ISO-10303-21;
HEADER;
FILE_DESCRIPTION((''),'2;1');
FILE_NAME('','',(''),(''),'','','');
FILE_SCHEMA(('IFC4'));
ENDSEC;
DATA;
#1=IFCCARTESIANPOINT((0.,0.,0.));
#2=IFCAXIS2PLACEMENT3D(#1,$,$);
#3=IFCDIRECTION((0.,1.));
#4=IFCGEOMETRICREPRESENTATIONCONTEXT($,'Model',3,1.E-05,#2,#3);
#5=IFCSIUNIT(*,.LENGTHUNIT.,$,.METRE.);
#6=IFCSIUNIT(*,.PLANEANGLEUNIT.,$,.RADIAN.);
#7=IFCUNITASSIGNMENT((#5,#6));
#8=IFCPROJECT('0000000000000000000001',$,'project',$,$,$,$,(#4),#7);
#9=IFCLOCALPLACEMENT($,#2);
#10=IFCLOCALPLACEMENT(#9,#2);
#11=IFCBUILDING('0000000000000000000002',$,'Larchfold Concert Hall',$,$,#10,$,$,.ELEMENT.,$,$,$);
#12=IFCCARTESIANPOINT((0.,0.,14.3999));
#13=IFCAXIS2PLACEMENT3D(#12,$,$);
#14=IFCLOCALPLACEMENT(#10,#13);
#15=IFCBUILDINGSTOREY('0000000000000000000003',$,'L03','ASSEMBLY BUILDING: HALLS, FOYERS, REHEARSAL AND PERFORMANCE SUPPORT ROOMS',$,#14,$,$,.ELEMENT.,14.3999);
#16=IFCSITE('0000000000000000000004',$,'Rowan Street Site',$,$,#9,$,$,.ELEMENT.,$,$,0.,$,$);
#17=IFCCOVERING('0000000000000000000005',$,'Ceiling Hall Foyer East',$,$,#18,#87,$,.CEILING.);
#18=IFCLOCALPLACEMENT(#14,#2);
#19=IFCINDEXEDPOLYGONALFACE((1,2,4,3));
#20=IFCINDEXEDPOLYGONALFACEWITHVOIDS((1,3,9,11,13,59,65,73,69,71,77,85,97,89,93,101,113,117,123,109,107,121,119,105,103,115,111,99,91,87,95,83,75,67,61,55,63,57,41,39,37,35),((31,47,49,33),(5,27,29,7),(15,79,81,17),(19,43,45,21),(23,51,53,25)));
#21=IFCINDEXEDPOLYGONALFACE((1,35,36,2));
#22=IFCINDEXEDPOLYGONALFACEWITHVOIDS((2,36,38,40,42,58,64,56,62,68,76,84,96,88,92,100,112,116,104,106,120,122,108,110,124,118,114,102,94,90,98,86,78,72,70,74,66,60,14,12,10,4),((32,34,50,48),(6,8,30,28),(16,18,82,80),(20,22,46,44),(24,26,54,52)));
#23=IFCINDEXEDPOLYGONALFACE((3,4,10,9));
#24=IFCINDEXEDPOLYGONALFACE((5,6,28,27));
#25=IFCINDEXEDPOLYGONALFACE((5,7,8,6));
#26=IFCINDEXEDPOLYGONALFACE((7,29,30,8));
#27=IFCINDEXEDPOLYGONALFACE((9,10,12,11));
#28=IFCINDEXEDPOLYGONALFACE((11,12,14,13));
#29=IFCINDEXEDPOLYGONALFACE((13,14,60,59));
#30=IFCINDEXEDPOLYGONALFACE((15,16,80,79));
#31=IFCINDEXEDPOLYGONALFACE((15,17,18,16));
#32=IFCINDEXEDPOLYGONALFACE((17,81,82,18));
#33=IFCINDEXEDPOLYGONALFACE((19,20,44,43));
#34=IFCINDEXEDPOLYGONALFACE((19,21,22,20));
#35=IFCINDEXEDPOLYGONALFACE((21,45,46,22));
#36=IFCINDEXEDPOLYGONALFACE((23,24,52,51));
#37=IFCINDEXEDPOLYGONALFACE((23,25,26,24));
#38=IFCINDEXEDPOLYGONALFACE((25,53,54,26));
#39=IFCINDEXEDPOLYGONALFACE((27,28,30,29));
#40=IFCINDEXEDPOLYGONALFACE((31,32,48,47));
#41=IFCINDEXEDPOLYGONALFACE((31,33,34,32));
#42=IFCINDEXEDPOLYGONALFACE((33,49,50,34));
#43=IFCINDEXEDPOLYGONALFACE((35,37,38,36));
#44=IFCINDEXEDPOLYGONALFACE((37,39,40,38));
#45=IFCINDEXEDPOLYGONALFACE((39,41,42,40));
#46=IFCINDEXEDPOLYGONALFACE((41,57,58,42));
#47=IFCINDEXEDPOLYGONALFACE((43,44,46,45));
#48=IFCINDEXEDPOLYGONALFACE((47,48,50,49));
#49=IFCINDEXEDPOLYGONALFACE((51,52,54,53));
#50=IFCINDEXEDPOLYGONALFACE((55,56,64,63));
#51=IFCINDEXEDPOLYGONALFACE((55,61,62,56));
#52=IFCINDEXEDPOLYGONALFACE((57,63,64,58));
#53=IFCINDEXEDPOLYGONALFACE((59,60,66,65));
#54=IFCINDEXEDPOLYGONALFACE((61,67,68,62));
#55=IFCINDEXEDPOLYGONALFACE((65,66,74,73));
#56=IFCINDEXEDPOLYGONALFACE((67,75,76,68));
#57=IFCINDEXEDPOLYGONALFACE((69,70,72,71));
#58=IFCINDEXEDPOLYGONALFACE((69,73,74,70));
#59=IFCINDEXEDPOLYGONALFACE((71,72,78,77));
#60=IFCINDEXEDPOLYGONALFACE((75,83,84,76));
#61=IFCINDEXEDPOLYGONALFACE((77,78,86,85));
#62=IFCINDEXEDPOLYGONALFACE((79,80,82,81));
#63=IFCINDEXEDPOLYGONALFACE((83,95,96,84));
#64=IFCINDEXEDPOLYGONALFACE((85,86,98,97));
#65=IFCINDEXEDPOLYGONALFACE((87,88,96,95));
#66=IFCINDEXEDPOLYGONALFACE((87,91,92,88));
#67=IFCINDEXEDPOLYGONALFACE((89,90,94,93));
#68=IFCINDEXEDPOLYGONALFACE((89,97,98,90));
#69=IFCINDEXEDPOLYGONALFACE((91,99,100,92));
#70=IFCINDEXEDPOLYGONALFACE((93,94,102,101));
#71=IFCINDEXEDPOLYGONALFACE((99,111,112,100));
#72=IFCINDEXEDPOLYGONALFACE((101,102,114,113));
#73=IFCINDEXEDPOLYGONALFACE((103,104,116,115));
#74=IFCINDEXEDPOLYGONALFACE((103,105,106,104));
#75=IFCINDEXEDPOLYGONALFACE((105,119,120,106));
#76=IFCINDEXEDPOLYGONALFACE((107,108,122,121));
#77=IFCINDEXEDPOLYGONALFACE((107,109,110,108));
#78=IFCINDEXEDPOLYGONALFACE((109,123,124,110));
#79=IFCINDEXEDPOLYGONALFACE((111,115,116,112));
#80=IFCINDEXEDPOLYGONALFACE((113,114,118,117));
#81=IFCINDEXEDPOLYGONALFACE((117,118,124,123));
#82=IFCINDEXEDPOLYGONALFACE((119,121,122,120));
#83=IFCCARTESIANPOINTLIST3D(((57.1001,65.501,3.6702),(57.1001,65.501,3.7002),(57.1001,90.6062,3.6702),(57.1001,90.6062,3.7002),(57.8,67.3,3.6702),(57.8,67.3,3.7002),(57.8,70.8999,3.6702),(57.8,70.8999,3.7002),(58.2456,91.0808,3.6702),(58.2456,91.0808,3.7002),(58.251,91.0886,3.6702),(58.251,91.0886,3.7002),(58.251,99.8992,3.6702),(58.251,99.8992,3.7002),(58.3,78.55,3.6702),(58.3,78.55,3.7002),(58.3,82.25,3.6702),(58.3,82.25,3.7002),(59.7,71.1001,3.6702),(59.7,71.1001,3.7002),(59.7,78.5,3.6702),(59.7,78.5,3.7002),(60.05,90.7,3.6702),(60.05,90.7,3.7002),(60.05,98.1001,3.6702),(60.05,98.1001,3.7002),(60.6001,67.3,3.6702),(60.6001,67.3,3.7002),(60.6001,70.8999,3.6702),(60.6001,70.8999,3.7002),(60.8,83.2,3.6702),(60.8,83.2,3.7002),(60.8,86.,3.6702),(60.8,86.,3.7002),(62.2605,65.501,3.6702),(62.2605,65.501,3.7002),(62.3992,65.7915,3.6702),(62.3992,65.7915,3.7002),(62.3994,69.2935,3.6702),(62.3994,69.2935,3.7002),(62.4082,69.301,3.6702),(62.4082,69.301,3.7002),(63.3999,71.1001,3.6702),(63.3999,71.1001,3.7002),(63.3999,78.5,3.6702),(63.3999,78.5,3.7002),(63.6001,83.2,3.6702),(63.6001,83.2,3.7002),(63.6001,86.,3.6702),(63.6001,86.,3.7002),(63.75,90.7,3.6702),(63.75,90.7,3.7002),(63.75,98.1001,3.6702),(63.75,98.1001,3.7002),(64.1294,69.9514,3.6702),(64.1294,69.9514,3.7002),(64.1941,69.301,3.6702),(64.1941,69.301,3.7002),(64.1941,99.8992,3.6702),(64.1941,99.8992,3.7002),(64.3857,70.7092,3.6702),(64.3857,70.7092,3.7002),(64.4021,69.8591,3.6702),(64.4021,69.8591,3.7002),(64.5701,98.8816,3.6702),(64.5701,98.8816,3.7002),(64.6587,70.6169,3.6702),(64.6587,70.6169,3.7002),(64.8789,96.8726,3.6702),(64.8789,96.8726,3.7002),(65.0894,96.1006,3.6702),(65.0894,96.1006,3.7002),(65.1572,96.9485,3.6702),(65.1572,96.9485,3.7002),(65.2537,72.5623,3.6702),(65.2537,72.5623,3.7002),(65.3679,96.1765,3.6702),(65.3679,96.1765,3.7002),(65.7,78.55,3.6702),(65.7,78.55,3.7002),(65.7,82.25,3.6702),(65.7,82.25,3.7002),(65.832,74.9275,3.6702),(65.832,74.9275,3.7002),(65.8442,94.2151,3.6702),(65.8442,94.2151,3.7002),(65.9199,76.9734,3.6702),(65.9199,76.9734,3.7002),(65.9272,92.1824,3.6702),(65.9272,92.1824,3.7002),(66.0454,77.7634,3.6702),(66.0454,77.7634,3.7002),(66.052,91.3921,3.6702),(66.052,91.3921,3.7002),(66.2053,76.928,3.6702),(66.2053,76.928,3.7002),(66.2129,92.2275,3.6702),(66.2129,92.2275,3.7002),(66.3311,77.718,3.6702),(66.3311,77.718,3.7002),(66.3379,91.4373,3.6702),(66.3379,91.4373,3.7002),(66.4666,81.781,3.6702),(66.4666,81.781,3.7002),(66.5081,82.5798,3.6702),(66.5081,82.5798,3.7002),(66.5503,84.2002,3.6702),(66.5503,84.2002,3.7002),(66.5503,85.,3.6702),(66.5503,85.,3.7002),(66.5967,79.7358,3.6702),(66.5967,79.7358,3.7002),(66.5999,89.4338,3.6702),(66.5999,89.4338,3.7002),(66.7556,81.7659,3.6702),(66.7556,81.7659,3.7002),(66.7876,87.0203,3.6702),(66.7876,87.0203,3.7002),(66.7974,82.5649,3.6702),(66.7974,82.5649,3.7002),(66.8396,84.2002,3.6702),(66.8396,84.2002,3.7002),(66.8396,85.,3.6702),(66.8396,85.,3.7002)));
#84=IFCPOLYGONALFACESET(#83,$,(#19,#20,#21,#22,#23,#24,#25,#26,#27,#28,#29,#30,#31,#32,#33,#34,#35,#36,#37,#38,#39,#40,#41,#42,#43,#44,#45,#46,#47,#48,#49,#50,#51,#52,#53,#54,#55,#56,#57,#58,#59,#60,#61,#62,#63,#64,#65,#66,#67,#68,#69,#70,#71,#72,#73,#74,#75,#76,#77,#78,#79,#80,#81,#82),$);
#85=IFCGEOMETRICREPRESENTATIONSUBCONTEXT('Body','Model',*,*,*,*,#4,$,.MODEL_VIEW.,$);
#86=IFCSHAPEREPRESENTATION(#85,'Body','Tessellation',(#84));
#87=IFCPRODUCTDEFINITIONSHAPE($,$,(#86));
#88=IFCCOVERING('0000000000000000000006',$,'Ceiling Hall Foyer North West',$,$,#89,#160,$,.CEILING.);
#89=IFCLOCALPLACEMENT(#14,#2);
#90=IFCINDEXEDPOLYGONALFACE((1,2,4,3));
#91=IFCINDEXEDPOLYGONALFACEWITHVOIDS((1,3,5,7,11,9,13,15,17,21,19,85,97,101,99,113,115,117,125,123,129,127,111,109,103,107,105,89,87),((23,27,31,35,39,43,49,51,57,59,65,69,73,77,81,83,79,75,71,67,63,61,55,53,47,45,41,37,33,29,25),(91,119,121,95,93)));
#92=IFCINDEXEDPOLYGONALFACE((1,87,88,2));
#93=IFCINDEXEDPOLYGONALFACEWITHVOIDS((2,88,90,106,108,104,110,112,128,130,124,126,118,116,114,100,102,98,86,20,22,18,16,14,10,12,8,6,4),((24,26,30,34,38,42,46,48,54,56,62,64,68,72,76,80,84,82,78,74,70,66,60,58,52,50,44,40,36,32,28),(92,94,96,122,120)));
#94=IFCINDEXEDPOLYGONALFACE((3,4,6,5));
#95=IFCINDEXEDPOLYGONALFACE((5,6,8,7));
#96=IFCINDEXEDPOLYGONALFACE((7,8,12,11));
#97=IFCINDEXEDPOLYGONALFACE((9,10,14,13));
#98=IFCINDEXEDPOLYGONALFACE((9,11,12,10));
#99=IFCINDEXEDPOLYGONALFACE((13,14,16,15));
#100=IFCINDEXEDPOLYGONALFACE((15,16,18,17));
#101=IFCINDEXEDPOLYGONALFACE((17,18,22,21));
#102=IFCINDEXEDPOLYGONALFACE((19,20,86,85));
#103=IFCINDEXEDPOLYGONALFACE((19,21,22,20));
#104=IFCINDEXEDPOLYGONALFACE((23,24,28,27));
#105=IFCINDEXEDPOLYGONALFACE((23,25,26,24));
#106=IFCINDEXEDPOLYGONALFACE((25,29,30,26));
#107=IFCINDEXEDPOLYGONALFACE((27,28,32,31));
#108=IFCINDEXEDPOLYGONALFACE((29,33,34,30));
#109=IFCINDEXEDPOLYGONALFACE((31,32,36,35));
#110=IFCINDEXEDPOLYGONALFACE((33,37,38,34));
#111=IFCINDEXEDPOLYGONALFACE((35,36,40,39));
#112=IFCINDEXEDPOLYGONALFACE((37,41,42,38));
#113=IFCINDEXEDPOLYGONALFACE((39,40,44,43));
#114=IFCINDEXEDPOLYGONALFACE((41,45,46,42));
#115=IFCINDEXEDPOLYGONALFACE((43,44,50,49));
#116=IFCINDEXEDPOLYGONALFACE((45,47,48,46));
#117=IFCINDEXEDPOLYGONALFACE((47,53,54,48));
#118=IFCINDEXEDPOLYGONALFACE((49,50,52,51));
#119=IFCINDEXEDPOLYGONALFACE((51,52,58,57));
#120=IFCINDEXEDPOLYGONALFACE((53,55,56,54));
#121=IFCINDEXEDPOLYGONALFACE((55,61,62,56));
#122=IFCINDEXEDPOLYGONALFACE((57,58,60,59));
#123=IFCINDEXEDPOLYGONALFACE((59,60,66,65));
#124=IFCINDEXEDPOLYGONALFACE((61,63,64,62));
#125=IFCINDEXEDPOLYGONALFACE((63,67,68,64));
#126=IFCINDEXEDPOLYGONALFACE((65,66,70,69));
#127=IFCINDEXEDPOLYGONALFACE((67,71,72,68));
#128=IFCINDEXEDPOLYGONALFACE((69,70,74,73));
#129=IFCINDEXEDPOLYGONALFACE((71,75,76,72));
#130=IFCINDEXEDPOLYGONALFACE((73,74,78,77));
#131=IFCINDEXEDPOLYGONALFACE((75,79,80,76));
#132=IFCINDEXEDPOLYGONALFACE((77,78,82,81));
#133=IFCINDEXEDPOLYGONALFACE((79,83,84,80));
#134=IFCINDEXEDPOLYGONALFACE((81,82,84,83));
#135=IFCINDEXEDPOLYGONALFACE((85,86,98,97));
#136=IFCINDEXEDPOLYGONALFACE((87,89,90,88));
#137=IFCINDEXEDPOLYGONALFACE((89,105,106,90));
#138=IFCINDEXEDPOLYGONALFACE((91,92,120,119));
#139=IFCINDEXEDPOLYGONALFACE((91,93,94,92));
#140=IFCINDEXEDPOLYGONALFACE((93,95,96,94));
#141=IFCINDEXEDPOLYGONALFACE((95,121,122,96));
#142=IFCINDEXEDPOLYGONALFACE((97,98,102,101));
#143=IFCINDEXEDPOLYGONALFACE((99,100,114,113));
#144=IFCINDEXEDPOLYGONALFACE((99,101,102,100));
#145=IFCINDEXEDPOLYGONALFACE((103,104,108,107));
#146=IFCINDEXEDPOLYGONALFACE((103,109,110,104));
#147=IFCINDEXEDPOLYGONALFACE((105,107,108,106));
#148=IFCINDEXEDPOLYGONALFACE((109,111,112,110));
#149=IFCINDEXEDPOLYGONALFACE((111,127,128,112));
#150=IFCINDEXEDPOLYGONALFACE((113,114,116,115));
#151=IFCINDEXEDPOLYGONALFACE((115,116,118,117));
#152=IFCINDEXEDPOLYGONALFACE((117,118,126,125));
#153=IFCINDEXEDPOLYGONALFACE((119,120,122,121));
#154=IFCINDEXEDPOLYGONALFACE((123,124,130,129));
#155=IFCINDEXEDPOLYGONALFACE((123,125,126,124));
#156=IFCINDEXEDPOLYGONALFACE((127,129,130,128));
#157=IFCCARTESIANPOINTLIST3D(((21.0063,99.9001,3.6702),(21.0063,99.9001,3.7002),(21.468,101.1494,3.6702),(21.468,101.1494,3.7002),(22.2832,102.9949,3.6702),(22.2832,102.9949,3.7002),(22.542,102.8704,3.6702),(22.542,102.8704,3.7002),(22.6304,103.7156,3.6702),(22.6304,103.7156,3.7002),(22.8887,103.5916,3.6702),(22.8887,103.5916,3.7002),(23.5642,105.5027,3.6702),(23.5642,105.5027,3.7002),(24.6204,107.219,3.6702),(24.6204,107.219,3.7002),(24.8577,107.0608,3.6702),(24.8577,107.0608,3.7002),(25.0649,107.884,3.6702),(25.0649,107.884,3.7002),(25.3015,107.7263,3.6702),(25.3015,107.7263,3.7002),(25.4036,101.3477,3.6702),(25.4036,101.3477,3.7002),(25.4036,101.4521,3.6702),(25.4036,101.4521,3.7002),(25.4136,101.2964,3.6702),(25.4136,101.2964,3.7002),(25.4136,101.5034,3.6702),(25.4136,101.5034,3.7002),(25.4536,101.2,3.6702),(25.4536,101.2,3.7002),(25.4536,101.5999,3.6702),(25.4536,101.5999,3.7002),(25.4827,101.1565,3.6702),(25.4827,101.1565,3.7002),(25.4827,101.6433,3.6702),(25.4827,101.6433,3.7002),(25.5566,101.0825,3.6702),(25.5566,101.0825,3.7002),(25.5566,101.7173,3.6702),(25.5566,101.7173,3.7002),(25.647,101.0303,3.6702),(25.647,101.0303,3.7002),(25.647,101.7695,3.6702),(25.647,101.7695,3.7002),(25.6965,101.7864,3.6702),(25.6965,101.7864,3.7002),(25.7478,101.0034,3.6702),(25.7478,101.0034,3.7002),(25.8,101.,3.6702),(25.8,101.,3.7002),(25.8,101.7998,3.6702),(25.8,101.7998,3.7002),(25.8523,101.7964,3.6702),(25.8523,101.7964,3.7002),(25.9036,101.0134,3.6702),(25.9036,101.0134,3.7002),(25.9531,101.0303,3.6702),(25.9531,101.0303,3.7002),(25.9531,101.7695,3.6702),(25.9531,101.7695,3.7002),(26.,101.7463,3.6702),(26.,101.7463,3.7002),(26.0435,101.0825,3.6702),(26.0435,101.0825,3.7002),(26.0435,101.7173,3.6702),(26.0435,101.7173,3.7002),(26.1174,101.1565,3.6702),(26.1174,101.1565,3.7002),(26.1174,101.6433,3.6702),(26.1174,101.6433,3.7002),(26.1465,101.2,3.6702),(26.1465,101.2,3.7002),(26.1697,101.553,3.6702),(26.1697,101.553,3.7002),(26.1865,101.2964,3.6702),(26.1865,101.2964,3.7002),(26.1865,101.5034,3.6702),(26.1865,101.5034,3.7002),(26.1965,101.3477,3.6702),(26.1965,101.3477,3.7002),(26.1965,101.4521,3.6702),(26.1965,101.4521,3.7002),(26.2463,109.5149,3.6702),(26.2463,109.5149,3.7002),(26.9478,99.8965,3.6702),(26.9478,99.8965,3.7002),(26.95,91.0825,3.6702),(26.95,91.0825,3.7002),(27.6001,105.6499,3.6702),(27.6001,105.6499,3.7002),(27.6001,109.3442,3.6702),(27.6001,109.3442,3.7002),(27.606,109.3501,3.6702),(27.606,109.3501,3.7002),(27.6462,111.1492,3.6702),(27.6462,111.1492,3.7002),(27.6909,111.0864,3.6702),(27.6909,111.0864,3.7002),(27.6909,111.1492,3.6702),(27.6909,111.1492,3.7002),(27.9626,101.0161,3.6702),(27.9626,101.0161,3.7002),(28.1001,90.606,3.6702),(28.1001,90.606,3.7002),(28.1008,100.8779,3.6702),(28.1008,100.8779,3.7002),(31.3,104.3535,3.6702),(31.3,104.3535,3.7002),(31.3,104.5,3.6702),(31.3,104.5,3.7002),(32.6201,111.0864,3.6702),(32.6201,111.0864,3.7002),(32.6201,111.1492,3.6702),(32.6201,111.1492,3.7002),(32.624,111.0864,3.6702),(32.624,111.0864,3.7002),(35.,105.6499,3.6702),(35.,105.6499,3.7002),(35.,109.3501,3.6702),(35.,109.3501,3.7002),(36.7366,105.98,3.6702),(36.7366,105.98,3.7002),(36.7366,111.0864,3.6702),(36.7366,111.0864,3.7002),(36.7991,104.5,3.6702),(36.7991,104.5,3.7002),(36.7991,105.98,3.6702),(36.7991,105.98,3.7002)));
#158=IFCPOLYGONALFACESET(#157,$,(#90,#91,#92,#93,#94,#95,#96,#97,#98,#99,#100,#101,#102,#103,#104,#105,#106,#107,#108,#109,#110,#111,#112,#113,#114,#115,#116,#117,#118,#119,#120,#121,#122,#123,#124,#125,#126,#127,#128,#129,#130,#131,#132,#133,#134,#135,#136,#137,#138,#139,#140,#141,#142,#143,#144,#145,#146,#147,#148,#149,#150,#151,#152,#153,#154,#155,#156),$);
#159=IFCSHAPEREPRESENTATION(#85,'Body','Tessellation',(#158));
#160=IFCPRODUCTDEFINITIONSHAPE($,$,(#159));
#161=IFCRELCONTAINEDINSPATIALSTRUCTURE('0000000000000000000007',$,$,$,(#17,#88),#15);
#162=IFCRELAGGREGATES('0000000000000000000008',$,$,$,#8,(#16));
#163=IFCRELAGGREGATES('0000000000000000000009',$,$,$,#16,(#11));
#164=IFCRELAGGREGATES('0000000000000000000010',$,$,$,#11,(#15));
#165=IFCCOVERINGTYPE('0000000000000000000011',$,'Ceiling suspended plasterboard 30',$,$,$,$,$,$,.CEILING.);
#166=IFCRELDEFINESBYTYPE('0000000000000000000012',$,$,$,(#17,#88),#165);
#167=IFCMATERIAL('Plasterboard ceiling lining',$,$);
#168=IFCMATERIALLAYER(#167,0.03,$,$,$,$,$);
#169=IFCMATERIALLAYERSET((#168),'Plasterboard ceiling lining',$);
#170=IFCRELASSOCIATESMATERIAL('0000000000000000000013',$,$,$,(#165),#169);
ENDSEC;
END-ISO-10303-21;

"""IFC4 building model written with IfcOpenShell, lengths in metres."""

from ifc_helpers import new_model, si_unit, direction, frame, origin, place, context, subcontext, project, spatial, polyline, outline, extrude, material, layer, layer_set, type_object, element, save


model = new_model("IFC4")

# Units and contexts
model_context = context("Model", 3, precision=1e-05, world=origin(), true_north=direction((0.0, 1.0)))
body_context = subcontext(model_context, "Body", "Model", "MODEL_VIEW")
ifc_project = project(units=[si_unit("LENGTHUNIT", "METRE"), si_unit("PLANEANGLEUNIT", "RADIAN")], contexts=[model_context])

# Site, building, storey
site_placement = place(None, origin())
site = spatial("IfcSite", under=ifc_project, at=site_placement, Name="Rowan Street Site", CompositionType="ELEMENT", RefElevation=0.0)
building_placement = place(site_placement, origin())
building = spatial("IfcBuilding", under=site, at=building_placement, Name="Larchfold Concert Hall", CompositionType="ELEMENT")
storey_placement = place(building_placement, frame((0.0, 0.0, 14.3999)))
storey = spatial("IfcBuildingStorey", under=building, at=storey_placement, Name="L03", Description="ASSEMBLY BUILDING: HALLS, FOYERS, REHEARSAL AND PERFORMANCE SUPPORT ROOMS", CompositionType="ELEMENT", Elevation=14.3999)

# Coverings
ifc_material_1 = material(Name="Plasterboard ceiling lining")
ifc_layer_1 = layer(ifc_material_1, 0.03)
ifc_layer_set_1 = layer_set([ifc_layer_1], Name="Plasterboard ceiling lining")
covering_type_1 = type_object("IfcCoveringType", Name="Ceiling suspended plasterboard 30", PredefinedType="CEILING", material=ifc_layer_set_1)
covering_1_placement = place(storey_placement, frame((0.0, 0.0, 3.6702)))
element("IfcCovering", 1, at=covering_1_placement, inside=storey, type_object=covering_type_1, Name="Ceiling Hall Foyer East", PredefinedType="CEILING", context=body_context, shape_type="SweptSolid", body=[
    extrude(outline(polyline([(58.2456, 91.0808), (57.1001, 90.6062), (57.1001, 65.501), (62.2605, 65.501), (62.3992, 65.7915), (62.3994, 69.2935), (62.4082, 69.301), (64.1941, 69.301), (64.4021, 69.8591), (64.1294, 69.9514), (64.3857, 70.7092), (64.6587, 70.6169), (65.2537, 72.5623), (65.832, 74.9275), (66.2053, 76.928), (65.9199, 76.9734), (66.0454, 77.7634), (66.3311, 77.718), (66.5967, 79.7358), (66.7556, 81.7659), (66.4666, 81.781), (66.5081, 82.5798), (66.7974, 82.5649), (66.8396, 84.2002), (66.5503, 84.2002), (66.5503, 85.0), (66.8396, 85.0), (66.7876, 87.0203), (66.5999, 89.4338), (66.3379, 91.4373), (66.052, 91.3921), (65.9272, 92.1824), (66.2129, 92.2275), (65.8442, 94.2151), (65.3679, 96.1765), (65.0894, 96.1006), (64.8789, 96.8726), (65.1572, 96.9485), (64.5701, 98.8816), (64.1941, 99.8992), (58.251, 99.8992), (58.251, 91.0886), (58.2456, 91.0808)]), holes=[polyline([(58.3, 82.25), (65.7, 82.25), (65.7, 78.55), (58.3, 78.55), (58.3, 82.25)]), polyline([(60.05, 90.7), (60.05, 98.1001), (63.75, 98.1001), (63.75, 90.7), (60.05, 90.7)]), polyline([(60.8, 86.0), (63.6001, 86.0), (63.6001, 83.2), (60.8, 83.2), (60.8, 86.0)]), polyline([(59.7, 78.5), (63.3999, 78.5), (63.3999, 71.1001), (59.7, 71.1001), (59.7, 78.5)]), polyline([(57.8, 67.3), (57.8, 70.8999), (60.6001, 70.8999), (60.6001, 67.3), (57.8, 67.3)])]), origin(), (0.0, 0.0, 1.0), 0.03),
])
covering_2_placement = place(storey_placement, frame((0.0, 0.0, 3.6702)))
element("IfcCovering", 2, at=covering_2_placement, inside=storey, type_object=covering_type_1, Name="Ceiling Hall Foyer North West", PredefinedType="CEILING", context=body_context, shape_type="SweptSolid", body=[
    extrude(outline(polyline([(21.468, 101.1494), (21.0063, 99.9001), (26.9478, 99.8965), (26.95, 91.0825), (28.1001, 90.606), (28.1008, 100.8779), (27.9626, 101.0161), (31.3, 104.3535), (31.3, 104.5), (36.7991, 104.5), (36.7991, 105.98), (36.7366, 105.98), (36.7366, 111.0864), (32.624, 111.0864), (32.6201, 111.1492), (32.6201, 111.0864), (27.6909, 111.0864), (27.6909, 111.1492), (27.6462, 111.1492), (26.2463, 109.5149), (25.0649, 107.884), (25.3015, 107.7263), (24.8577, 107.0608), (24.6204, 107.219), (23.5642, 105.5027), (22.6304, 103.7156), (22.8887, 103.5916), (22.542, 102.8704), (22.2832, 102.9949), (21.468, 101.1494)]), holes=[polyline([(27.6001, 109.3442), (27.606, 109.3501), (35.0, 109.3501), (35.0, 105.6499), (27.6001, 105.6499), (27.6001, 109.3442)]), polyline([(25.5566, 101.0825), (25.4827, 101.1565), (25.4536, 101.2), (25.4136, 101.2964), (25.4036, 101.3477), (25.4036, 101.4521), (25.4136, 101.5034), (25.4536, 101.5999), (25.4827, 101.6433), (25.5566, 101.7173), (25.647, 101.7695), (25.6965, 101.7864), (25.8, 101.7998), (25.8523, 101.7964), (25.9531, 101.7695), (26.0, 101.7463), (26.0435, 101.7173), (26.1174, 101.6433), (26.1697, 101.553), (26.1865, 101.5034), (26.1965, 101.4521), (26.1965, 101.3477), (26.1865, 101.2964), (26.1465, 101.2), (26.1174, 101.1565), (26.0435, 101.0825), (25.9531, 101.0303), (25.9036, 101.0134), (25.8, 101.0), (25.7478, 101.0034), (25.647, 101.0303), (25.5566, 101.0825)])]), origin(), (0.0, 0.0, 1.0), 0.03),
])

save(model, "model.ifc")
